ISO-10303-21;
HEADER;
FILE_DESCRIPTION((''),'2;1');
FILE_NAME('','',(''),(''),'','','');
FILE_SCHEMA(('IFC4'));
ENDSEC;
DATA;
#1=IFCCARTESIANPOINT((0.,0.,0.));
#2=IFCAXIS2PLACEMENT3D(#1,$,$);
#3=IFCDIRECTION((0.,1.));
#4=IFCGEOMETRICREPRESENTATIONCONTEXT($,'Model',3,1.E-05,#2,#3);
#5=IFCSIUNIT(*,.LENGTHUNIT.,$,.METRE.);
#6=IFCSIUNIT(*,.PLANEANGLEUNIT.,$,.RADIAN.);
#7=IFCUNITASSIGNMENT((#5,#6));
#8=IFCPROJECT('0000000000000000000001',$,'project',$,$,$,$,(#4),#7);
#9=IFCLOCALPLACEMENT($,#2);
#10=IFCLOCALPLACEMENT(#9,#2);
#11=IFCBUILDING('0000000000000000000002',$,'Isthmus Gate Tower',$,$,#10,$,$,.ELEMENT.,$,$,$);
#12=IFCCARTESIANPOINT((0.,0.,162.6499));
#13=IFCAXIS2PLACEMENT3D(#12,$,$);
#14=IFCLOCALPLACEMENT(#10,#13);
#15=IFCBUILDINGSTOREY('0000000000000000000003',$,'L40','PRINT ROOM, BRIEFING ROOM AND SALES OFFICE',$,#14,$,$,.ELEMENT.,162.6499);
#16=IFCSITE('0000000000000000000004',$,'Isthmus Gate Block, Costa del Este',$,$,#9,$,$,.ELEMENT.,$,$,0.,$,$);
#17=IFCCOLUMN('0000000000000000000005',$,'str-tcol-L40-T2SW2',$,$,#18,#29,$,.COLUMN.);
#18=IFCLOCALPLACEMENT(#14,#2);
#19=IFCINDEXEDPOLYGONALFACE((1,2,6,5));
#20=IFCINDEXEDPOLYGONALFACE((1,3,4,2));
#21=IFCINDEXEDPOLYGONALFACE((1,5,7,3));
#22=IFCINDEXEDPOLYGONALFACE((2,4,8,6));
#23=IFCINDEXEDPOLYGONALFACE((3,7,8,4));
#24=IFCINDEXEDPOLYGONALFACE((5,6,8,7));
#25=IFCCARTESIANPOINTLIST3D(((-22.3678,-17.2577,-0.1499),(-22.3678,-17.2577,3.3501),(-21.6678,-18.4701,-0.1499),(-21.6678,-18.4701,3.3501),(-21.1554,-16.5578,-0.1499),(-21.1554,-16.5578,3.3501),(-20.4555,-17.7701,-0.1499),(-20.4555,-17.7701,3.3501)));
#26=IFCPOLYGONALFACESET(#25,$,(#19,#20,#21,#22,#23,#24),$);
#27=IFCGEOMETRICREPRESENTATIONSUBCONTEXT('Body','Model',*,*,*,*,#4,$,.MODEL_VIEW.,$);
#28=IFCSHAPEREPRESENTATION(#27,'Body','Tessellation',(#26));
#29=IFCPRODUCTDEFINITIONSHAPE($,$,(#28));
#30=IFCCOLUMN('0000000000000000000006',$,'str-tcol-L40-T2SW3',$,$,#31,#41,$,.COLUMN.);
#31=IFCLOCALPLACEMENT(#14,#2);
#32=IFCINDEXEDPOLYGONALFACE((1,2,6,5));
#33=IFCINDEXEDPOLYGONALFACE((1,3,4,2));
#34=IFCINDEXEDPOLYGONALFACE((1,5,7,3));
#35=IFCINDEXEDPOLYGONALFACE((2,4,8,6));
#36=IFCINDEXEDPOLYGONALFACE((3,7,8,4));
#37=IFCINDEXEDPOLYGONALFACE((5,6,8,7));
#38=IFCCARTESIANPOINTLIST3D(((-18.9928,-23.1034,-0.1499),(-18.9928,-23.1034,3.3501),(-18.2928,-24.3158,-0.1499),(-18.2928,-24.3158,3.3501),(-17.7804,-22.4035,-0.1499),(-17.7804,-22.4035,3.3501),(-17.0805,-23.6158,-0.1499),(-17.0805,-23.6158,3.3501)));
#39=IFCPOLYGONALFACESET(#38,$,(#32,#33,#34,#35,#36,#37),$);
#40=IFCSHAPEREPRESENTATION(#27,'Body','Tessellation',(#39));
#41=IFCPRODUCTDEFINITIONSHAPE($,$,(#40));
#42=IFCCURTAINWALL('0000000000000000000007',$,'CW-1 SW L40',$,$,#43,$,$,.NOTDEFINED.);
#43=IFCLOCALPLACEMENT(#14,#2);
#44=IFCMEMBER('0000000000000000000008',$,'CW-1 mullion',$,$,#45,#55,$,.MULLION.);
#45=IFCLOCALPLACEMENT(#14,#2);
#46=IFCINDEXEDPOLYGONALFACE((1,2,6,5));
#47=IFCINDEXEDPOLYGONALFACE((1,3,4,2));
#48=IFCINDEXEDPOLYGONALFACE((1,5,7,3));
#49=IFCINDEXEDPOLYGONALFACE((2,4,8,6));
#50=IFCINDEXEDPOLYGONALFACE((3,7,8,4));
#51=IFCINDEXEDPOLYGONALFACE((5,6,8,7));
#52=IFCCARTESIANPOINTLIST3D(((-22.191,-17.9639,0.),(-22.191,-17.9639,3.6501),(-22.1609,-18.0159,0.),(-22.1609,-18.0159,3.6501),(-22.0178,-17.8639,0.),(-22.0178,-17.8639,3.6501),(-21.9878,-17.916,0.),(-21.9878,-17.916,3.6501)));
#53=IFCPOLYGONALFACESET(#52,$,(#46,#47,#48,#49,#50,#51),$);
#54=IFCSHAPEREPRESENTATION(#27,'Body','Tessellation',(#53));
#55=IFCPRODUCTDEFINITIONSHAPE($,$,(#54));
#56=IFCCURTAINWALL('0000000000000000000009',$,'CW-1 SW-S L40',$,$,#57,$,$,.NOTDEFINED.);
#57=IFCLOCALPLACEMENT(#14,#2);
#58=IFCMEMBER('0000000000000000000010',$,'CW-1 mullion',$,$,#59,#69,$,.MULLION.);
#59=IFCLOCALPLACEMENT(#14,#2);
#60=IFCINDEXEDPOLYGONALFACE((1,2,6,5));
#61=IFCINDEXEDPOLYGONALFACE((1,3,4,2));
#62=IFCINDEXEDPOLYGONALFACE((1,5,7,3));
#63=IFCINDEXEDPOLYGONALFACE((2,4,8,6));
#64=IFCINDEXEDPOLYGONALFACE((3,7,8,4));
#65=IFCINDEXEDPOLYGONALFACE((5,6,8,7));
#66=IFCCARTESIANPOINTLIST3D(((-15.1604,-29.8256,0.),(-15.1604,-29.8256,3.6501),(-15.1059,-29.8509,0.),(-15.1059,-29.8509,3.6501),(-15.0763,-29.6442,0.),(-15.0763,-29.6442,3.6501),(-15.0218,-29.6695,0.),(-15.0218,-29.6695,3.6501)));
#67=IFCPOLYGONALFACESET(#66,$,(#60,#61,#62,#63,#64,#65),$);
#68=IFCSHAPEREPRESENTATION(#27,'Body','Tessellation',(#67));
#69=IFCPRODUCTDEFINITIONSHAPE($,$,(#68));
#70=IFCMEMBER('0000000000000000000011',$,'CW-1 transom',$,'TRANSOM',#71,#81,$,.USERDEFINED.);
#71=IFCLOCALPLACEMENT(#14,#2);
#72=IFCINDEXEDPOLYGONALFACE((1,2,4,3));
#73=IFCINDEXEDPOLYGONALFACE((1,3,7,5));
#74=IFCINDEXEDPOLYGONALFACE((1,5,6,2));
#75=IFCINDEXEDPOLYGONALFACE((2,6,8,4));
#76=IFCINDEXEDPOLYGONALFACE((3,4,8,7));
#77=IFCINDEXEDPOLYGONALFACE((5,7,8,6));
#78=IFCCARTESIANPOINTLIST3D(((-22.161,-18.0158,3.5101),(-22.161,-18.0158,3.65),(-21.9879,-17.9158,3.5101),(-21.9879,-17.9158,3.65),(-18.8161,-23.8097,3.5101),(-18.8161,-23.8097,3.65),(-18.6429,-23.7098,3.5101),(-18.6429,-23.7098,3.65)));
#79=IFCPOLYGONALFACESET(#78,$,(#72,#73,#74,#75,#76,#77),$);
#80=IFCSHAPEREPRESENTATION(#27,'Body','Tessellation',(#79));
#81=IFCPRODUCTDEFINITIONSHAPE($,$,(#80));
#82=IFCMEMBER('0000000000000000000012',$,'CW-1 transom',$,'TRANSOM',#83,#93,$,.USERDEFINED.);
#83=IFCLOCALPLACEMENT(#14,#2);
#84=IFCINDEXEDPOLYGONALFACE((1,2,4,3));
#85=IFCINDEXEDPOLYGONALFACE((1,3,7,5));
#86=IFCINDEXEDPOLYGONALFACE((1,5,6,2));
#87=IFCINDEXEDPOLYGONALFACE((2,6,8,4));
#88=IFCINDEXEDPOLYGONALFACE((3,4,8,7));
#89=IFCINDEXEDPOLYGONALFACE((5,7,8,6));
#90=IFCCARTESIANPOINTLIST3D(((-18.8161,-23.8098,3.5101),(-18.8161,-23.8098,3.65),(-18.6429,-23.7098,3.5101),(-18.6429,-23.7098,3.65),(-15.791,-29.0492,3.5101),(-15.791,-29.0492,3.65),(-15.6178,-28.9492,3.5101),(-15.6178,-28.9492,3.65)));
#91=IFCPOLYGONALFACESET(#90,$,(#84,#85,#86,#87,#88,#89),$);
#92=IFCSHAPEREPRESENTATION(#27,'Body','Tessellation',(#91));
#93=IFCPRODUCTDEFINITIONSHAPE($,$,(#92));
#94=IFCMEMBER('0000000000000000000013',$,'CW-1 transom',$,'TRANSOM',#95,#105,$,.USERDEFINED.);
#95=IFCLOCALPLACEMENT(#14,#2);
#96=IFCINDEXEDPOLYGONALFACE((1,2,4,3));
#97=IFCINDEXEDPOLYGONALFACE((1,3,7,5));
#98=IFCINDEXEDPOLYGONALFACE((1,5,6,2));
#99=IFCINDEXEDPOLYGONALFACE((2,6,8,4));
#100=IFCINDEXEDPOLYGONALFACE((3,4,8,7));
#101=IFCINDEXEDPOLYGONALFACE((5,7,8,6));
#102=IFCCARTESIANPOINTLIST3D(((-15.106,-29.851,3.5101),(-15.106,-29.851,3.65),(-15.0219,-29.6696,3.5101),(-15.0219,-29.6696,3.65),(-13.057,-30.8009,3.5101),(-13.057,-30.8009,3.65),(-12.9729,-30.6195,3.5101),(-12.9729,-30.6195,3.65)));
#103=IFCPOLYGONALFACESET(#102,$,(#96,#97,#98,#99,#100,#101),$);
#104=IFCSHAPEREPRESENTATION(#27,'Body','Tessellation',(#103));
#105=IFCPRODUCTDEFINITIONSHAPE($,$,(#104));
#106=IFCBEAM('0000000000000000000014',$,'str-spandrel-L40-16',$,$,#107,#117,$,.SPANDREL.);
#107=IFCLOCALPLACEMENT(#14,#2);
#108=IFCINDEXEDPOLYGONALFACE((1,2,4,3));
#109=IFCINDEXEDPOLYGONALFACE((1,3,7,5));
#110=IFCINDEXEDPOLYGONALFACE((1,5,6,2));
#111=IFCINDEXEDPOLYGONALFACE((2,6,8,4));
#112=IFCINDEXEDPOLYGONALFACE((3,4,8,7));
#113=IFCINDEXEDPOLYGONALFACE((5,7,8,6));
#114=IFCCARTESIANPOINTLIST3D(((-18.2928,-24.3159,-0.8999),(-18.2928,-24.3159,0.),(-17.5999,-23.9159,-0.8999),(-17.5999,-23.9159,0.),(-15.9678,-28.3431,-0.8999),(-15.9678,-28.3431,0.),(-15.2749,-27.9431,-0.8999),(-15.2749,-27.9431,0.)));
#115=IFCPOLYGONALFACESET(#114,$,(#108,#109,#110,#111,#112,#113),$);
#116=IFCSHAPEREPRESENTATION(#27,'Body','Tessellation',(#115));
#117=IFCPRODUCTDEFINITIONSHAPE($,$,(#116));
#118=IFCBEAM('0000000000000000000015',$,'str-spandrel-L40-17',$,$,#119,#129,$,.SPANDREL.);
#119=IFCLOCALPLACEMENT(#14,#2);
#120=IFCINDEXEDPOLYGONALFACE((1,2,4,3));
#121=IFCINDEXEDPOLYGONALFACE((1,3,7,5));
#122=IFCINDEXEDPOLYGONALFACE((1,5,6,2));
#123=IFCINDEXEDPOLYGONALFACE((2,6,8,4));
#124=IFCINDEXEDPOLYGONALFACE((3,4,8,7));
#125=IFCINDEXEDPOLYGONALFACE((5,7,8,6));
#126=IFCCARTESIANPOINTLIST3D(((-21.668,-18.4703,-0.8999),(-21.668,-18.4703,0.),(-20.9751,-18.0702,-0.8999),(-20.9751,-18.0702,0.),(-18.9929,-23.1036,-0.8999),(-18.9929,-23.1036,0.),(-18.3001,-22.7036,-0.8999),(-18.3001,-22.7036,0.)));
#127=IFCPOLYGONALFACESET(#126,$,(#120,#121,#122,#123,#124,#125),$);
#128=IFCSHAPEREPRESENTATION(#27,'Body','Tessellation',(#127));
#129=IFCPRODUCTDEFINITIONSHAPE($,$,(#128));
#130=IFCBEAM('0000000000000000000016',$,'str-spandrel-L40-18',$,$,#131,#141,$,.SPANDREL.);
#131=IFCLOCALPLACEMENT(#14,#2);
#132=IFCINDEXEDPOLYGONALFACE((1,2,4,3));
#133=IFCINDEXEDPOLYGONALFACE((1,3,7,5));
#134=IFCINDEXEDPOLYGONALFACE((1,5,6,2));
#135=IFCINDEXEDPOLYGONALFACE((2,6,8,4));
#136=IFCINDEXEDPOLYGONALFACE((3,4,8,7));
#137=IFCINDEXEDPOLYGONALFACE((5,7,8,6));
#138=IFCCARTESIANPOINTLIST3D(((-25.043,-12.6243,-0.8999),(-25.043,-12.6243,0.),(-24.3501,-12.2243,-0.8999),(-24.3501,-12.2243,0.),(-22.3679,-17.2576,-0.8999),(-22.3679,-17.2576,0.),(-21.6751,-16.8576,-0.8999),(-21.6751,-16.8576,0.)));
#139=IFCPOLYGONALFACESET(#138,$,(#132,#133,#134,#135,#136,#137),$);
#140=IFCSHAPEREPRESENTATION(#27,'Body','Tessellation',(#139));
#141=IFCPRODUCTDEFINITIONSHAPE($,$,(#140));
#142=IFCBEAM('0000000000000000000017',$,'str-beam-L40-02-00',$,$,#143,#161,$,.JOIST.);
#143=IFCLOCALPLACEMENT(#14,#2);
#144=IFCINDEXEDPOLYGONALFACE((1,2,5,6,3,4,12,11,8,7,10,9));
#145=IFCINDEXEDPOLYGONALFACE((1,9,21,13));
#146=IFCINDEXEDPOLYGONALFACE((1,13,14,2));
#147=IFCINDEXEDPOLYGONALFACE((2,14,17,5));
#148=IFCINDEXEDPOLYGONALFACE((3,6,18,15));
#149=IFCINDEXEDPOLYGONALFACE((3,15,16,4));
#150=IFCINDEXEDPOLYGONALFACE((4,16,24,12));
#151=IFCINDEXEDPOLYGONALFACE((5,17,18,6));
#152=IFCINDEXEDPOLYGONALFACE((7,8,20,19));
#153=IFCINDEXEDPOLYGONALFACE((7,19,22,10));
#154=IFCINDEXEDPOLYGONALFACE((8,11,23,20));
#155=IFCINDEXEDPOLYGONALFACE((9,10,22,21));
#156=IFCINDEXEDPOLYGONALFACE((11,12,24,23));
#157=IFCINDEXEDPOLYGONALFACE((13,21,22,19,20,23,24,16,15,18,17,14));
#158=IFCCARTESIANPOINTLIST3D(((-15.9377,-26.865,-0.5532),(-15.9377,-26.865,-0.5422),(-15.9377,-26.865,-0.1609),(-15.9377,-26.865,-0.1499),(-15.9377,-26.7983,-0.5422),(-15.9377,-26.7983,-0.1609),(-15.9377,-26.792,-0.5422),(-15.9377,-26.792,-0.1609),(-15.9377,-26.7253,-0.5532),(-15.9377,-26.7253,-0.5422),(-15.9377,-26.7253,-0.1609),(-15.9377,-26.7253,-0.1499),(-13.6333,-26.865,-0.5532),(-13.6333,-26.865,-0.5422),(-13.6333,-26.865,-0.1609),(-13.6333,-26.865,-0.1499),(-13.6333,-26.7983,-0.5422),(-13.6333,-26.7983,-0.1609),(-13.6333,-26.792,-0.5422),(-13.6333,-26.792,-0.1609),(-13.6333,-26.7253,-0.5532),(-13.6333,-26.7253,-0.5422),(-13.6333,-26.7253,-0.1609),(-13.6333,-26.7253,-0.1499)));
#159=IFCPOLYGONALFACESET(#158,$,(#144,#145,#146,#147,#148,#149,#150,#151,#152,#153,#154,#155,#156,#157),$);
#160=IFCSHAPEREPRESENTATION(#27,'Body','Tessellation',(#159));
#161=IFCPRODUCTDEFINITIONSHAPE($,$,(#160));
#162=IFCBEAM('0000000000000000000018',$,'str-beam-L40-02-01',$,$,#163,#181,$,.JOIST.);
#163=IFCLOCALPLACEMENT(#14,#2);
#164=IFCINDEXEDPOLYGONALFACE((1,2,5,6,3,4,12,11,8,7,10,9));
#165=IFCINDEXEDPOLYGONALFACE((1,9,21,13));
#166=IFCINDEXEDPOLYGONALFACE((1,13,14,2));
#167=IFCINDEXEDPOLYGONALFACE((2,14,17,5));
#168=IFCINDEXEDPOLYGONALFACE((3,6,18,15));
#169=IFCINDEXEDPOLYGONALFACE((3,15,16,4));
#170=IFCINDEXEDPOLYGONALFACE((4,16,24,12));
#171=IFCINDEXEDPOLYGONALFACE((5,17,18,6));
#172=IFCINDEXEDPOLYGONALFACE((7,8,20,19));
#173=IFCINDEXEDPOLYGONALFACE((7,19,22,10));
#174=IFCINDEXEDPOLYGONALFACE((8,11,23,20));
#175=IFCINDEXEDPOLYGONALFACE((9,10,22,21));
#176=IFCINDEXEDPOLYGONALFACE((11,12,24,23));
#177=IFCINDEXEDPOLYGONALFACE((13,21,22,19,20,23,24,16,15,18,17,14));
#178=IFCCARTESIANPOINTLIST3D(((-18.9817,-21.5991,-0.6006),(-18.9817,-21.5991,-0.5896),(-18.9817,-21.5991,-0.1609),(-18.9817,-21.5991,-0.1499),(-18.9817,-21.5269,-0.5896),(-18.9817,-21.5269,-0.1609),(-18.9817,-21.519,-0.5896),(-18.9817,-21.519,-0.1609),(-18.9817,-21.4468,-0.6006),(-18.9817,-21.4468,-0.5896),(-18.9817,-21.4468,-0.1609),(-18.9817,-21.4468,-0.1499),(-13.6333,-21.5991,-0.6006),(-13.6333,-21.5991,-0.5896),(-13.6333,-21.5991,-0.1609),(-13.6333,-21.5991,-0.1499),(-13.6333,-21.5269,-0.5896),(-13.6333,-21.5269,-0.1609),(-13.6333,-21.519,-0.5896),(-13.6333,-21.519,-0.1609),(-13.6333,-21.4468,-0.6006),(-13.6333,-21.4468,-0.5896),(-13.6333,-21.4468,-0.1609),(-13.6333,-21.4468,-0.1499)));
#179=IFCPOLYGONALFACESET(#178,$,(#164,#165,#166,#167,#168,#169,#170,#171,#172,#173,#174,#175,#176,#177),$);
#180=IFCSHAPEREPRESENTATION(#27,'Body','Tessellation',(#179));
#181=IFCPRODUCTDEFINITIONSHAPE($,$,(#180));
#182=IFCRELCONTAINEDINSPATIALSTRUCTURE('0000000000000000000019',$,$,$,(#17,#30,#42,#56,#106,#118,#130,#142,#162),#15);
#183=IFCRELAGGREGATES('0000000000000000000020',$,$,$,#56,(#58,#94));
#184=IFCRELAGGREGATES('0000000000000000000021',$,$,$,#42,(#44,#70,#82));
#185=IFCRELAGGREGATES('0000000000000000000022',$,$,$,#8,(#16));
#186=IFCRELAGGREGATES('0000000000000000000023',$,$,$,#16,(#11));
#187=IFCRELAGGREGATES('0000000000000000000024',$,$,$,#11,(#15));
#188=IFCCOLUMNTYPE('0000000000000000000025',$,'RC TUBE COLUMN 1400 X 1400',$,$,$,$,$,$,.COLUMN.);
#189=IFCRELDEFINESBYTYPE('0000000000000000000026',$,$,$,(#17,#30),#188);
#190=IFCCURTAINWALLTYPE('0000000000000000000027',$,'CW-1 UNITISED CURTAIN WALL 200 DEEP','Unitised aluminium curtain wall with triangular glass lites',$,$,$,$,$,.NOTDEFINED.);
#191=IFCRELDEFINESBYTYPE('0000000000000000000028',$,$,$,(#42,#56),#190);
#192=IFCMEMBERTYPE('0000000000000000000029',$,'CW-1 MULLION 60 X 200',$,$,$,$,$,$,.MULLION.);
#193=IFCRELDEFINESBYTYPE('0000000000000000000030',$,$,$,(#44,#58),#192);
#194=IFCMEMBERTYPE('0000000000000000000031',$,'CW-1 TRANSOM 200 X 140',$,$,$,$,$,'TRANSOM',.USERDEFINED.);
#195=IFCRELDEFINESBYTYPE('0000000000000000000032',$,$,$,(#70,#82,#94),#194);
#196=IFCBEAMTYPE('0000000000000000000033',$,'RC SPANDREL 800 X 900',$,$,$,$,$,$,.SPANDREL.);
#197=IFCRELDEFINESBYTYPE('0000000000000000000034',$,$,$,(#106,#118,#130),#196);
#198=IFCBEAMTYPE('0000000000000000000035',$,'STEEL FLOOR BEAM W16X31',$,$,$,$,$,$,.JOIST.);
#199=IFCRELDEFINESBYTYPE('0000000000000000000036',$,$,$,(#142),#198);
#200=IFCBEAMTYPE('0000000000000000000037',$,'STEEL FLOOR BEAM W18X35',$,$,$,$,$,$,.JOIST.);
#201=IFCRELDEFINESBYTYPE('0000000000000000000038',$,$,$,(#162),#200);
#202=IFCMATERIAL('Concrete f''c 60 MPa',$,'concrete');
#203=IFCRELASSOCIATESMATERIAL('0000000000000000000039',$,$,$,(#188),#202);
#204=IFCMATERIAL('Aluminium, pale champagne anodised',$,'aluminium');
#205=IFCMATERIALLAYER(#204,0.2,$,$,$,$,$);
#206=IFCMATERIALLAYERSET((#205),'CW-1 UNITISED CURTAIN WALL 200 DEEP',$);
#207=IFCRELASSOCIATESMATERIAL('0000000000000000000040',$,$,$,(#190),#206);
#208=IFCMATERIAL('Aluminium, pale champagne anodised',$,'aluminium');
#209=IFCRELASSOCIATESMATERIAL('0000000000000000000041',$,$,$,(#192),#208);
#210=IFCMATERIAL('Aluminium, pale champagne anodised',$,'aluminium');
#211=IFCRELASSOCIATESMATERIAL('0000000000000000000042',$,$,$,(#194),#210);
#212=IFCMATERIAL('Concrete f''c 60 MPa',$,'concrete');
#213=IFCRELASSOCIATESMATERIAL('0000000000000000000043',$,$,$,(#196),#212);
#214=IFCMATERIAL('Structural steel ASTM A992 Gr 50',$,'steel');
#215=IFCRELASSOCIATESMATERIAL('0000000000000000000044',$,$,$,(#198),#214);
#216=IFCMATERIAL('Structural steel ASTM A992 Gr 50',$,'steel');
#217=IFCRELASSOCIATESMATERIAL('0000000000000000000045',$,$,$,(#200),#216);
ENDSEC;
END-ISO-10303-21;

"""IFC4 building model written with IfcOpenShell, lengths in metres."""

from ifc_helpers import new_model, si_unit, direction, frame, origin, origin_2d, place, context, subcontext, project, spatial, rectangle, i_section, extrude, material, layer, layer_set, material_profile, profile_set, type_object, element, aggregate, save


model = new_model("IFC4")

# Units and contexts
model_context = context("Model", 3, precision=1e-05, world=origin(), true_north=direction((0.0, 1.0)))
body_context = subcontext(model_context, "Body", "Model", "MODEL_VIEW")
ifc_project = project(units=[si_unit("LENGTHUNIT", "METRE"), si_unit("PLANEANGLEUNIT", "RADIAN")], contexts=[model_context])

# Site, building, storey
site_placement = place(None, origin())
site = spatial("IfcSite", under=ifc_project, at=site_placement, Name="Isthmus Gate Block, Costa del Este", CompositionType="ELEMENT", RefElevation=0.0)
building_placement = place(site_placement, origin())
building = spatial("IfcBuilding", under=site, at=building_placement, Name="Isthmus Gate Tower", CompositionType="ELEMENT")
storey_placement = place(building_placement, frame((0.0, 0.0, 162.6499)))
storey = spatial("IfcBuildingStorey", under=building, at=storey_placement, Name="L40", Description="PRINT ROOM, BRIEFING ROOM AND SALES OFFICE", CompositionType="ELEMENT", Elevation=162.6499)

# Columns
ifc_material_1 = material(Name="Concrete f'c 60 MPa", Category="concrete")
ifc_material_profile_1 = material_profile(ifc_material_1, rectangle(XDim=1.3999, YDim=1.3999, at=origin_2d()), Name="RC 1400X1400")
ifc_profile_set_1 = profile_set([ifc_material_profile_1], Name="Concrete f'c 60 MPa")
column_type = type_object("IfcColumnType", Name="RC TUBE COLUMN 1400 X 1400", PredefinedType="COLUMN", material=ifc_profile_set_1)
for number, where, z_axis, x_axis, name in (
    (1, (-21.4116, -17.5139, -0.1499), (0.0, 0.0, 1.0), (0.5, -0.866025, 0.0), "str-tcol-L40-T2SW2"),
    (2, (-18.0366, -23.3596, -0.1499), (0.0, 0.0, 1.0), (0.5, -0.866025, 0.0), "str-tcol-L40-T2SW3"),
):
    element("IfcColumn", number, at=place(storey_placement, frame(where, z_axis=z_axis, x_axis=x_axis)), inside=storey, type_object=column_type, Name=name, PredefinedType="COLUMN", context=body_context, shape_type="SweptSolid", body=[
        extrude(rectangle(XDim=1.3999, YDim=1.3999, at=origin_2d()), origin(), (0.0, 0.0, 1.0), 3.5),
    ])

# Curtain walls, members
ifc_material_2 = material(Name="Aluminium, pale champagne anodised", Category="aluminium")
ifc_layer_1 = layer(ifc_material_2, 0.2)
ifc_layer_set_1 = layer_set([ifc_layer_1], Name="CW-1 UNITISED CURTAIN WALL 200 DEEP")
curtain_wall_type = type_object("IfcCurtainWallType", Name="CW-1 UNITISED CURTAIN WALL 200 DEEP", Description="Unitised aluminium curtain wall with triangular glass lites", PredefinedType="NOTDEFINED", material=ifc_layer_set_1)
curtain_wall_1_placement = place(storey_placement, origin())
curtain_wall_1 = element("IfcCurtainWall", 3, at=curtain_wall_1_placement, inside=storey, type_object=curtain_wall_type, Name="CW-1 SW L40", PredefinedType="NOTDEFINED")
ifc_material_3 = material(Name="Aluminium, pale champagne anodised", Category="aluminium")
ifc_material_profile_2 = material_profile(ifc_material_3, rectangle(XDim=0.0601, YDim=0.2, at=origin_2d()), Name="60x200")
ifc_profile_set_2 = profile_set([ifc_material_profile_2], Name="Aluminium, pale champagne anodised")
member_type_1 = type_object("IfcMemberType", Name="CW-1 MULLION 60 X 200", PredefinedType="MULLION", material=ifc_profile_set_2)
member_1_placement = place(storey_placement, frame((-22.0894, -17.9399, 0.0), z_axis=(0.0, 0.0, 1.0), x_axis=(0.5, -0.866025, 0.0)))
member_1 = element("IfcMember", 4, at=member_1_placement, type_object=member_type_1, Name="CW-1 mullion", PredefinedType="MULLION", context=body_context, shape_type="SweptSolid", body=[
    extrude(rectangle(XDim=0.0601, YDim=0.2, at=origin_2d()), origin(), (0.0, 0.0, 1.0), 3.6501),
])
curtain_wall_2_placement = place(storey_placement, origin())
curtain_wall_2 = element("IfcCurtainWall", 5, at=curtain_wall_2_placement, inside=storey, type_object=curtain_wall_type, Name="CW-1 SW-S L40", PredefinedType="NOTDEFINED")
member_2_placement = place(storey_placement, frame((-15.0911, -29.7476, 0.0), z_axis=(0.0, 0.0, 1.0), x_axis=(0.907256, -0.420578, 0.0)))
member_2 = element("IfcMember", 6, at=member_2_placement, type_object=member_type_1, Name="CW-1 mullion", PredefinedType="MULLION", context=body_context, shape_type="SweptSolid", body=[
    extrude(rectangle(XDim=0.0601, YDim=0.2, at=origin_2d()), origin(), (0.0, 0.0, 1.0), 3.6501),
])

# Members
ifc_material_4 = material(Name="Aluminium, pale champagne anodised", Category="aluminium")
ifc_material_profile_3 = material_profile(ifc_material_4, rectangle(XDim=0.2, YDim=0.1399, at=origin_2d()), Name="200x140")
ifc_profile_set_3 = profile_set([ifc_material_profile_3], Name="Aluminium, pale champagne anodised")
member_type_2 = type_object("IfcMemberType", Name="CW-1 TRANSOM 200 X 140", ElementType="TRANSOM", PredefinedType="USERDEFINED", material=ifc_profile_set_3)
member_3_placement = place(storey_placement, frame((-22.0745, -17.9658, 3.5801), z_axis=(0.499981, -0.866036, 0.0), x_axis=(0.866036, 0.499981, 0.0)))
member_3 = element("IfcMember", 7, at=member_3_placement, type_object=member_type_2, Name="CW-1 transom", ObjectType="TRANSOM", PredefinedType="USERDEFINED", context=body_context, shape_type="SweptSolid", body=[
    extrude(rectangle(XDim=0.2, YDim=0.1399, at=origin_2d()), origin(), (0.0, 0.0, 1.0), 6.6902),
])
member_4_placement = place(storey_placement, frame((-18.7295, -23.7598, 3.5801), z_axis=(0.500015, -0.866017, 0.0), x_axis=(0.866017, 0.500015, 0.0)))
member_4 = element("IfcMember", 8, at=member_4_placement, type_object=member_type_2, Name="CW-1 transom", ObjectType="TRANSOM", PredefinedType="USERDEFINED", context=body_context, shape_type="SweptSolid", body=[
    extrude(rectangle(XDim=0.2, YDim=0.1399, at=origin_2d()), origin(), (0.0, 0.0, 1.0), 6.05),
])
member_5_placement = place(storey_placement, frame((-15.064, -29.7603, 3.5801), z_axis=(0.907246, -0.4206, 0.0), x_axis=(0.4206, 0.907246, 0.0)))
member_5 = element("IfcMember", 9, at=member_5_placement, type_object=member_type_2, Name="CW-1 transom", ObjectType="TRANSOM", PredefinedType="USERDEFINED", context=body_context, shape_type="SweptSolid", body=[
    extrude(rectangle(XDim=0.2, YDim=0.1399, at=origin_2d()), origin(), (0.0, 0.0, 1.0), 2.2585),
])
aggregate(curtain_wall_2, [member_2, member_5])

# Beams
ifc_material_5 = material(Name="Concrete f'c 60 MPa", Category="concrete")
ifc_material_profile_4 = material_profile(ifc_material_5, rectangle(XDim=0.8, YDim=0.8999, at=origin_2d()), Name="RC 800X900")
ifc_profile_set_4 = profile_set([ifc_material_profile_4], Name="Concrete f'c 60 MPa")
beam_type_1 = type_object("IfcBeamType", Name="RC SPANDREL 800 X 900", PredefinedType="SPANDREL", material=ifc_profile_set_4)
beam_1_placement = place(storey_placement, frame((-15.6213, -28.1431, -0.45), z_axis=(-0.499985, 0.866034, 0.0), x_axis=(-0.866034, -0.499985, 0.0)))
element("IfcBeam", 10, at=beam_1_placement, inside=storey, type_object=beam_type_1, Name="str-spandrel-L40-16", PredefinedType="SPANDREL", context=body_context, shape_type="SweptSolid", body=[
    extrude(rectangle(XDim=0.8, YDim=0.8999, at=origin_2d()), origin(), (0.0, 0.0, 1.0), 4.6501),
])
for number, where, z_axis, x_axis, name in (
    (11, (-18.6465, -22.9036, -0.45), (-0.500002, 0.866024, 0.0), (-0.866024, -0.500002, 0.0), "str-spandrel-L40-17"),
    (12, (-22.0215, -17.0576, -0.45), (-0.500002, 0.866024, 0.0), (-0.866024, -0.500002, 0.0), "str-spandrel-L40-18"),
):
    element("IfcBeam", number, at=place(storey_placement, frame(where, z_axis=z_axis, x_axis=x_axis)), inside=storey, type_object=beam_type_1, Name=name, PredefinedType="SPANDREL", context=body_context, shape_type="SweptSolid", body=[
        extrude(rectangle(XDim=0.8, YDim=0.8999, at=origin_2d()), origin(), (0.0, 0.0, 1.0), 5.3501),
    ])
ifc_material_6 = material(Name="Structural steel ASTM A992 Gr 50", Category="steel")
ifc_material_profile_5 = material_profile(ifc_material_6, i_section(OverallWidth=0.1396, OverallDepth=0.4033, WebThickness=0.0063, FlangeThickness=0.011, at=origin_2d()), Name="W16X31")
ifc_profile_set_5 = profile_set([ifc_material_profile_5], Name="Structural steel ASTM A992 Gr 50")
beam_type_2 = type_object("IfcBeamType", Name="STEEL FLOOR BEAM W16X31", PredefinedType="JOIST", material=ifc_profile_set_5)
beam_2_placement = place(storey_placement, frame((-15.9377, -26.7952, -0.3516), z_axis=(1.0, 0.0, 0.0), x_axis=(0.0, 1.0, 0.0)))
element("IfcBeam", 13, at=beam_2_placement, inside=storey, type_object=beam_type_2, Name="str-beam-L40-02-00", PredefinedType="JOIST", context=body_context, shape_type="SweptSolid", body=[
    extrude(i_section(OverallWidth=0.1396, OverallDepth=0.4033, WebThickness=0.0063, FlangeThickness=0.011, at=origin_2d()), origin(), (0.0, 0.0, 1.0), 2.3044),
])
ifc_material_7 = material(Name="Structural steel ASTM A992 Gr 50", Category="steel")
ifc_material_profile_6 = material_profile(ifc_material_7, i_section(OverallWidth=0.1523, OverallDepth=0.4507, WebThickness=0.0078, FlangeThickness=0.011, at=origin_2d()), Name="W18X35")
ifc_profile_set_6 = profile_set([ifc_material_profile_6], Name="Structural steel ASTM A992 Gr 50")
beam_type_3 = type_object("IfcBeamType", Name="STEEL FLOOR BEAM W18X35", PredefinedType="JOIST", material=ifc_profile_set_6)
beam_3_placement = place(storey_placement, frame((-18.9817, -21.5229, -0.3752), z_axis=(1.0, 0.0, 0.0), x_axis=(0.0, 1.0, 0.0)))
element("IfcBeam", 14, at=beam_3_placement, inside=storey, type_object=beam_type_3, Name="str-beam-L40-02-01", PredefinedType="JOIST", context=body_context, shape_type="SweptSolid", body=[
    extrude(i_section(OverallWidth=0.1523, OverallDepth=0.4507, WebThickness=0.0078, FlangeThickness=0.011, at=origin_2d()), origin(), (0.0, 0.0, 1.0), 5.3484),
])

aggregate(curtain_wall_1, [member_1, member_3, member_4])

save(model, "model.ifc")
